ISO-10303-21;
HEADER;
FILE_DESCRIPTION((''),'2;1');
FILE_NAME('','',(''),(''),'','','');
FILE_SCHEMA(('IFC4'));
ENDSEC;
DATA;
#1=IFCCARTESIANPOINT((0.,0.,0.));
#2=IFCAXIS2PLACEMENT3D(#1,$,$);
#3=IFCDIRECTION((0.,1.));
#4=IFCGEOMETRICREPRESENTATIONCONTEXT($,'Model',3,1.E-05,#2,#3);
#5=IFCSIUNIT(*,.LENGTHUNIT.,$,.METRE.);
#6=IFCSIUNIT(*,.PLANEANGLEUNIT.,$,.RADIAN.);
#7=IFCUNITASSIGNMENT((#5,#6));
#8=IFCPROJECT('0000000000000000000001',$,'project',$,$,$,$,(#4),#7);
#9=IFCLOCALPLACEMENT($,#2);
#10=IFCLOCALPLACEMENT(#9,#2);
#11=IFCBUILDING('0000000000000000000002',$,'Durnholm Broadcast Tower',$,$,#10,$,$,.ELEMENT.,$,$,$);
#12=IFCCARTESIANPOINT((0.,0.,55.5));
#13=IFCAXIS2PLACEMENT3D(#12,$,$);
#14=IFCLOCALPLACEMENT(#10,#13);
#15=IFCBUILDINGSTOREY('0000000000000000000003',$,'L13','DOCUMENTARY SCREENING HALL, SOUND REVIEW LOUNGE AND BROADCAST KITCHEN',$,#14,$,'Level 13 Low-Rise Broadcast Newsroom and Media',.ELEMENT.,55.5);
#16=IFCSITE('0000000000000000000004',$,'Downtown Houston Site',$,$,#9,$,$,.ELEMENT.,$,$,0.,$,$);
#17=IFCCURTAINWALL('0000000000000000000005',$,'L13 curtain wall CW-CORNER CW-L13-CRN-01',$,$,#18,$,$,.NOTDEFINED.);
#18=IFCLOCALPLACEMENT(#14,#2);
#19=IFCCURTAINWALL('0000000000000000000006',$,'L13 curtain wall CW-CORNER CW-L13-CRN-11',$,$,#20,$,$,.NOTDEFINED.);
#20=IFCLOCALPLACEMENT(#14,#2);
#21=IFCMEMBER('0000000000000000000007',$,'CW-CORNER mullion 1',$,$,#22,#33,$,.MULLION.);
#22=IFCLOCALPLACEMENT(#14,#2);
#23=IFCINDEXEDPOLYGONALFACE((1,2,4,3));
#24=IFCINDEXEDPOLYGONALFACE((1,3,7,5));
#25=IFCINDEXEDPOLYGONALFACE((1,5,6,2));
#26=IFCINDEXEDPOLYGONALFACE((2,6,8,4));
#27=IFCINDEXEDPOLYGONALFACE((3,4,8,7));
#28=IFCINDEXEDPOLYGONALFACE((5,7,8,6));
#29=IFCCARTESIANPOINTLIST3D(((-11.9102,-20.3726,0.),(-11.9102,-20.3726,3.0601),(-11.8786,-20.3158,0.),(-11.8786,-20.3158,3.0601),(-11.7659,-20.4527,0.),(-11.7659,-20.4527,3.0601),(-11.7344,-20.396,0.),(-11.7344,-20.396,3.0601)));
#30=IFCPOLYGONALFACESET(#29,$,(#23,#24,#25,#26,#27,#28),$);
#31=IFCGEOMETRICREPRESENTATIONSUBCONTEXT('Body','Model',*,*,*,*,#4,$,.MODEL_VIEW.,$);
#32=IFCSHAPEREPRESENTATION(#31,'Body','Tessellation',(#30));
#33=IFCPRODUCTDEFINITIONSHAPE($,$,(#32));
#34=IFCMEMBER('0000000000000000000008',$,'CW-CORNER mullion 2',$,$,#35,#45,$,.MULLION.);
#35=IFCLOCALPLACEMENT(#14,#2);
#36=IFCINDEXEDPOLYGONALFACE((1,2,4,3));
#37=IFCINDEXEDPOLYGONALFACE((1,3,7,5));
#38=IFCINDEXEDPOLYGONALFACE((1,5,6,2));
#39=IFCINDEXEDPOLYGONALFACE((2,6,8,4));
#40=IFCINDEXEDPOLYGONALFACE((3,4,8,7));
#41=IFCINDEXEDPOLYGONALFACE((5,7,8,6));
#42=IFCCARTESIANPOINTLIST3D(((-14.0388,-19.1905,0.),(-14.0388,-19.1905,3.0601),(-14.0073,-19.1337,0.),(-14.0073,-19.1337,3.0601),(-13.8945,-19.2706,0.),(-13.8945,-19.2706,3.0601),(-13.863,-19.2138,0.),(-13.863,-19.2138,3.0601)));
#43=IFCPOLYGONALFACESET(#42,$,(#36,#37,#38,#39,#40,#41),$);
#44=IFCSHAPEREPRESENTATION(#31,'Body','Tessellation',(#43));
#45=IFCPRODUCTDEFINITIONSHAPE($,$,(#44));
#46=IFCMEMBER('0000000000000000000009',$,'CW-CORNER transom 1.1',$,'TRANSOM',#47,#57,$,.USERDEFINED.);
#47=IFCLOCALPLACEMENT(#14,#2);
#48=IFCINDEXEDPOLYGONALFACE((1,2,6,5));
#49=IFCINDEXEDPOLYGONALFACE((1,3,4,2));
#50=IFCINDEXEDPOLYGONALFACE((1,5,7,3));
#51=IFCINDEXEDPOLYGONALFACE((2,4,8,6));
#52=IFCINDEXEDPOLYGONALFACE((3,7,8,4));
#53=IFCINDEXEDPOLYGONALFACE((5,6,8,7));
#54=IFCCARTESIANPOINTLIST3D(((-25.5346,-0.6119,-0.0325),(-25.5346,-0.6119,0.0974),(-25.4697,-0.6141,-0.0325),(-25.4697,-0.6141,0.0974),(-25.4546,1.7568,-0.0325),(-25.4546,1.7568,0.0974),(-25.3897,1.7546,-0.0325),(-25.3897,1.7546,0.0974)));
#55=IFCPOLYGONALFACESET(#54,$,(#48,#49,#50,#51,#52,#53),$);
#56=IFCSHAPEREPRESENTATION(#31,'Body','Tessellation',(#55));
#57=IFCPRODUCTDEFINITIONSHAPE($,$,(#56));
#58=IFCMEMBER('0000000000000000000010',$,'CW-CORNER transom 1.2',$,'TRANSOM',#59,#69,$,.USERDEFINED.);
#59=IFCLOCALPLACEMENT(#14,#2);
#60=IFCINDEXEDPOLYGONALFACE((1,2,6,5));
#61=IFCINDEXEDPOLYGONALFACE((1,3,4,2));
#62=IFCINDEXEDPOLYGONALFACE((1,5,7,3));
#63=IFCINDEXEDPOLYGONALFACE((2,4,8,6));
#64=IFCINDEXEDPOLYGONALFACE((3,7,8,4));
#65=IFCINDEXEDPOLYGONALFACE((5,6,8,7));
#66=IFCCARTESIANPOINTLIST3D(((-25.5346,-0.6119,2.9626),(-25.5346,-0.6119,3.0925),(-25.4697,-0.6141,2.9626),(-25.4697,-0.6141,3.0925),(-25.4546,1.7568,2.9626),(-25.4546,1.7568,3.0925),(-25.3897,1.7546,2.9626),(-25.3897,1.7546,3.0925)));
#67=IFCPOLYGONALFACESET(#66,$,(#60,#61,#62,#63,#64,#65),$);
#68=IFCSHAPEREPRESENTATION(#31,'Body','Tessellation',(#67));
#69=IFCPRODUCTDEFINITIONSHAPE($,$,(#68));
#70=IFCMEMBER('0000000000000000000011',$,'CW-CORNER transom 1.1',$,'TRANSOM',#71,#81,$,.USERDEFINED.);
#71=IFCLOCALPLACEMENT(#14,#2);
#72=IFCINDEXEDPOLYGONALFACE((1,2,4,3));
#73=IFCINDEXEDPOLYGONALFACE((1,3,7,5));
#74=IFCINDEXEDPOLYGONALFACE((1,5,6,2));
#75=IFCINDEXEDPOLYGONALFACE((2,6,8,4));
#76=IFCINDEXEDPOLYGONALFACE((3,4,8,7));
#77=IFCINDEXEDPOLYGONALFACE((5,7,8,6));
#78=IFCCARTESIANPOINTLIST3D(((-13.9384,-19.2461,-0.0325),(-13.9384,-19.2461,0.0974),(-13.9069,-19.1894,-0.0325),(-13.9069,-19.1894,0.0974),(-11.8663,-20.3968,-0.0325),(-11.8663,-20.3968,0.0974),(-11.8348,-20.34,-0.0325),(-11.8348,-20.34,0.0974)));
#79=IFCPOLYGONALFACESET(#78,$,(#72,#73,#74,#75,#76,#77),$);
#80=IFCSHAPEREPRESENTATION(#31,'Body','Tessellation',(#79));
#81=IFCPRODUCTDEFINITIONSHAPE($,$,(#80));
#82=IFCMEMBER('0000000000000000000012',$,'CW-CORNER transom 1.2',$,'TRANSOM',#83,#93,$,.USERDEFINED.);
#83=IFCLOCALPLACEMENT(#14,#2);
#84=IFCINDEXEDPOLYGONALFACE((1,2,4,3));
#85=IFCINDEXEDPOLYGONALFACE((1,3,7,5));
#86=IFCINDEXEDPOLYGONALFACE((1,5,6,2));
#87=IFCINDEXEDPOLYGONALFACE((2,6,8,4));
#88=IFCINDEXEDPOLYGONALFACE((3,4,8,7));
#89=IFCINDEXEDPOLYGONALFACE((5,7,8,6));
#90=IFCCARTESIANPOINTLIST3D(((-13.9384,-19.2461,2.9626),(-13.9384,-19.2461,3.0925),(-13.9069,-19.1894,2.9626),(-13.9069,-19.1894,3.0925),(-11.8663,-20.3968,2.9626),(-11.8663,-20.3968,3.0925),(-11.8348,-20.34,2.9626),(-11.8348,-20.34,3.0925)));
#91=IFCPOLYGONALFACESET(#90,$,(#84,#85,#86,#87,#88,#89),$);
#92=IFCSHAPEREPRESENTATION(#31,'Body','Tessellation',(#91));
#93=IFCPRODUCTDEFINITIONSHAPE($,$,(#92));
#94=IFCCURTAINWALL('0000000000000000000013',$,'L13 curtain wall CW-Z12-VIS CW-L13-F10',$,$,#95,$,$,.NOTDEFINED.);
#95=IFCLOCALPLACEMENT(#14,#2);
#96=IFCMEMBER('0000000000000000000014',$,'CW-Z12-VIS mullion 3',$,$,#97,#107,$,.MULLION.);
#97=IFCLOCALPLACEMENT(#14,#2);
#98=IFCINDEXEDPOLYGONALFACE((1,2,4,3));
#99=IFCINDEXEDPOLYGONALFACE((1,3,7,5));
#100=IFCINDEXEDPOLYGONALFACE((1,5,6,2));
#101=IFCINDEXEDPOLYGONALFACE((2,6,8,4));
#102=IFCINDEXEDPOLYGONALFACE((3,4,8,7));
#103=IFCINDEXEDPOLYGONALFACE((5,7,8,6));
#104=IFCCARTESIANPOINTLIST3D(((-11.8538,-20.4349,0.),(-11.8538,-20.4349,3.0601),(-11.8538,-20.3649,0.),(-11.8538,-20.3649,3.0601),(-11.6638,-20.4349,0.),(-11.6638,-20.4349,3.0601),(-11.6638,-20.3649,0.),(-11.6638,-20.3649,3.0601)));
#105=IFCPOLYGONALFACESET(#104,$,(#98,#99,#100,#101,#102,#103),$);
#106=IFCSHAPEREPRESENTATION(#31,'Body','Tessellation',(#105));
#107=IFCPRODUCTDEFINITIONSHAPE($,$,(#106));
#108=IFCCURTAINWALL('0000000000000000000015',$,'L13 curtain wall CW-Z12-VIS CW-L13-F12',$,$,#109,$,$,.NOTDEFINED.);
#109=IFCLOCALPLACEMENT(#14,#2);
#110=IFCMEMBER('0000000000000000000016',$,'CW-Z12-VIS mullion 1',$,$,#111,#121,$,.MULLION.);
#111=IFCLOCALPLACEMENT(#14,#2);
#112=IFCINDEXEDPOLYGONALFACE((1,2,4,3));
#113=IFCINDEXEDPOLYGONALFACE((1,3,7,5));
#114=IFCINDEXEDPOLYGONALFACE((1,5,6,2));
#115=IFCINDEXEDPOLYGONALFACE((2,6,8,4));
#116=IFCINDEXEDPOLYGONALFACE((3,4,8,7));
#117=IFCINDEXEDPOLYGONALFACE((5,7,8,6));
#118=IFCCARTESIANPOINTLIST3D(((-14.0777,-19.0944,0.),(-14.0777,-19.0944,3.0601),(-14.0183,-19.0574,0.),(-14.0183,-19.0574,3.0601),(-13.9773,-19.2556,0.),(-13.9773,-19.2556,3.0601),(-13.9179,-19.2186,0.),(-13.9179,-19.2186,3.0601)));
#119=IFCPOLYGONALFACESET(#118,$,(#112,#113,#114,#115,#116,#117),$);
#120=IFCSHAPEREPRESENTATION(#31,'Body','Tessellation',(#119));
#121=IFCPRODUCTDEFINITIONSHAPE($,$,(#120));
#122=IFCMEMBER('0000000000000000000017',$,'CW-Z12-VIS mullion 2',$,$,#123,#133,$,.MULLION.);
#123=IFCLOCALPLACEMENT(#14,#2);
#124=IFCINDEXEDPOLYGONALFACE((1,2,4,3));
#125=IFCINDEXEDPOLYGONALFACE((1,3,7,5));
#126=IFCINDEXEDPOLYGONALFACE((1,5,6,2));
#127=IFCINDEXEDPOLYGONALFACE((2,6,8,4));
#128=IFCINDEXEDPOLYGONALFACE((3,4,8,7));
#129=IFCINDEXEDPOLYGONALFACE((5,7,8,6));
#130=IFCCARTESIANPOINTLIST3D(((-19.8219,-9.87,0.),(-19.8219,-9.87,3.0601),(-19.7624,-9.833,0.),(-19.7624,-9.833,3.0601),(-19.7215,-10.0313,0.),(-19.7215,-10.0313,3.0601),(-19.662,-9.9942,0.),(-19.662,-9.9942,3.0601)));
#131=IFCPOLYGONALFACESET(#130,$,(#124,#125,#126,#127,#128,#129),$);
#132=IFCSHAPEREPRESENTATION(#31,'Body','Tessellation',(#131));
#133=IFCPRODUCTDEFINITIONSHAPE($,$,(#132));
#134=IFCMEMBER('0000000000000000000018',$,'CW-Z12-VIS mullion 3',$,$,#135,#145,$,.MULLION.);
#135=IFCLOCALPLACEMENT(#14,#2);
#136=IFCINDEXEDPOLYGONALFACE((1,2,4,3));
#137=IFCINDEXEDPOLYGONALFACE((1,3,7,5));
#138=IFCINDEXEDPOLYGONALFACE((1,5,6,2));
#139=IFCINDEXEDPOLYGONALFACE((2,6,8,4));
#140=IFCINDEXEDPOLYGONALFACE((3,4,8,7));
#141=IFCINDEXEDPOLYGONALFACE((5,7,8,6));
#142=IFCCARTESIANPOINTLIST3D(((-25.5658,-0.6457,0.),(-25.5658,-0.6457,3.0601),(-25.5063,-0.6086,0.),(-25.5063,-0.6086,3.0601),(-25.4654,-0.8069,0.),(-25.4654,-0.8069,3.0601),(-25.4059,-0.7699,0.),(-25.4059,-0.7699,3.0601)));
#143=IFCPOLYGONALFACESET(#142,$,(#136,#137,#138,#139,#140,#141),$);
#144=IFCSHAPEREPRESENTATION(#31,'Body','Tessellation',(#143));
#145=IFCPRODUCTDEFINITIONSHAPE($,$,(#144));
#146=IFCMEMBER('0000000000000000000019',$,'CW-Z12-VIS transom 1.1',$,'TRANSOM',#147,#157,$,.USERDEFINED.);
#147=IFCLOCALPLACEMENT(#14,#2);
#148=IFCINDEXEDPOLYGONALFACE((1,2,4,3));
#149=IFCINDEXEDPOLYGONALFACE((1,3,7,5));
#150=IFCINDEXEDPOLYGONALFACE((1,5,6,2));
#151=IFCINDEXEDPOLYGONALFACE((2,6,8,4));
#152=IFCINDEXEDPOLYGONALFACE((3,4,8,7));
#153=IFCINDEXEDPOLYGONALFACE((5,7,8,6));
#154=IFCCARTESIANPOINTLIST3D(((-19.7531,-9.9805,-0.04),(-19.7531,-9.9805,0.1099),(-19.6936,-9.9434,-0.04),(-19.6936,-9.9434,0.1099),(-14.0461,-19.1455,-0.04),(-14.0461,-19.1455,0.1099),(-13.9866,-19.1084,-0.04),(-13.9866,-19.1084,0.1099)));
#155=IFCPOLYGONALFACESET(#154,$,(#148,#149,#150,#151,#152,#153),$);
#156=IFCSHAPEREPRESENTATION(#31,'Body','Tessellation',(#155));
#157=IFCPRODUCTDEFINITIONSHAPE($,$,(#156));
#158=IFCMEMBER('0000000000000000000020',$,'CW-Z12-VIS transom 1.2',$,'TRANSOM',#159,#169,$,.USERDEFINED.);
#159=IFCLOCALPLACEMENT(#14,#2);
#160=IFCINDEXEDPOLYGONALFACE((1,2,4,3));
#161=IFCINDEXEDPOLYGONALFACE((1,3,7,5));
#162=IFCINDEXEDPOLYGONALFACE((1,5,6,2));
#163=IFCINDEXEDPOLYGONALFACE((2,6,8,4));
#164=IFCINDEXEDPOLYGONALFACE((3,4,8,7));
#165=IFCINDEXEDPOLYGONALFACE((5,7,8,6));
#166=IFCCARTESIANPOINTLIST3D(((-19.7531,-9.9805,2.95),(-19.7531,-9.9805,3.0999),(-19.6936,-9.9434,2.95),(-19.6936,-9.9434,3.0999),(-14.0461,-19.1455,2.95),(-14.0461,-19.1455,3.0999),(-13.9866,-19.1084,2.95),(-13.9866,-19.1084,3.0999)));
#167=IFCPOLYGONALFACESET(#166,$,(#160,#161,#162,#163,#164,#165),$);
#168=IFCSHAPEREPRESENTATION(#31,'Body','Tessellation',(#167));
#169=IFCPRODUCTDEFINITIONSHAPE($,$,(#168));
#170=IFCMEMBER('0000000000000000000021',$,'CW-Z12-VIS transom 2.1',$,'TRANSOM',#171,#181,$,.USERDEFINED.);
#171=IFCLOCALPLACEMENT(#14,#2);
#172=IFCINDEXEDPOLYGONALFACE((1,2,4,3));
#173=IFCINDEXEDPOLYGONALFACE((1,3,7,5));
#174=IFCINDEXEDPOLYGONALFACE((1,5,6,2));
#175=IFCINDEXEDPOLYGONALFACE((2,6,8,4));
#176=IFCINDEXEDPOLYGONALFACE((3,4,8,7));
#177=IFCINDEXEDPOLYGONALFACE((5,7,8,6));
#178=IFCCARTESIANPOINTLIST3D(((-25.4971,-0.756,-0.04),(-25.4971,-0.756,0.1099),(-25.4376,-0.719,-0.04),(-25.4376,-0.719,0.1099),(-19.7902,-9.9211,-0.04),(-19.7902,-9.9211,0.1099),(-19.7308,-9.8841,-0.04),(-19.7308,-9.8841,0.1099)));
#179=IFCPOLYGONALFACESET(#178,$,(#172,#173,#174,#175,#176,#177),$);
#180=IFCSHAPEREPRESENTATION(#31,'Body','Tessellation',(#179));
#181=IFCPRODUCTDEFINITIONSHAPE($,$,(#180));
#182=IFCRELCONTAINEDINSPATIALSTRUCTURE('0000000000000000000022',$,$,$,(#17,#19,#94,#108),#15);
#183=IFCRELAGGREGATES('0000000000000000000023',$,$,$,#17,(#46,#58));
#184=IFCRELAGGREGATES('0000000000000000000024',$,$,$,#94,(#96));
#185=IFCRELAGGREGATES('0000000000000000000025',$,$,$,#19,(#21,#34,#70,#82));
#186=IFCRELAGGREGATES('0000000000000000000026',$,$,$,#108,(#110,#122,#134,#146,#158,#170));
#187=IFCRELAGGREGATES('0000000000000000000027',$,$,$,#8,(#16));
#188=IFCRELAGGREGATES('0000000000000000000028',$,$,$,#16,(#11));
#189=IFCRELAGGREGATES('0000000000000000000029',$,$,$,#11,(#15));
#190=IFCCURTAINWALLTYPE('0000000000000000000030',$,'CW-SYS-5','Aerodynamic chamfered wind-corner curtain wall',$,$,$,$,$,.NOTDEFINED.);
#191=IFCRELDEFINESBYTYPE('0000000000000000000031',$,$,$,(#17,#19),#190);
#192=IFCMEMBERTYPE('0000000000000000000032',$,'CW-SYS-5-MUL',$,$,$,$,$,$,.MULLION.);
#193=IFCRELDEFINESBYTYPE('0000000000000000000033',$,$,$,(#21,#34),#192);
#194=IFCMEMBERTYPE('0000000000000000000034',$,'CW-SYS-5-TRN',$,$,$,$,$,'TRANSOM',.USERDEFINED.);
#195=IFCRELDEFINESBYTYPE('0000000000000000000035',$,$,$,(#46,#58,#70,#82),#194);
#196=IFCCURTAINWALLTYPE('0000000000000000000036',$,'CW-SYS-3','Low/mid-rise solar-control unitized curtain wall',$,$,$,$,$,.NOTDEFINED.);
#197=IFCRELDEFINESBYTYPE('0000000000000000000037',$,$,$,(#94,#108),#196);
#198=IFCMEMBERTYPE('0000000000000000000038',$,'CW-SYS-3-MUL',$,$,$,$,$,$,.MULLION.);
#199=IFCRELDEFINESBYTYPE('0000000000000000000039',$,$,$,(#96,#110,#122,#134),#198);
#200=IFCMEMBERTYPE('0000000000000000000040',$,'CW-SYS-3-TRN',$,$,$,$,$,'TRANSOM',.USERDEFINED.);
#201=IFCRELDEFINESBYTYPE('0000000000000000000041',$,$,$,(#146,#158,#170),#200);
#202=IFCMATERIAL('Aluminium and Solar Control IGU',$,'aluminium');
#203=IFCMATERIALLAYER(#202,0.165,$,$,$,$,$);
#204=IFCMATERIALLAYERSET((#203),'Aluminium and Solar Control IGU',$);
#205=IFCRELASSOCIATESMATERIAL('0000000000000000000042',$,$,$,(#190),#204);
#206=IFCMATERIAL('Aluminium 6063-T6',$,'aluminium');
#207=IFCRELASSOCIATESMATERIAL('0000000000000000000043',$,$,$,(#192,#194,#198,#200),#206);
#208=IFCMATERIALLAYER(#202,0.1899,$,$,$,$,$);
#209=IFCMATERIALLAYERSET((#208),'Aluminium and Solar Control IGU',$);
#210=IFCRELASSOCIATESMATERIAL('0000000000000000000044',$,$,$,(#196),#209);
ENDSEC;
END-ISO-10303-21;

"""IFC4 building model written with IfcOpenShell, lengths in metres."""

from ifc_helpers import new_model, si_unit, direction, frame, origin, origin_2d, place, context, subcontext, project, spatial, rectangle, extrude, source, transform, mapped, material, layer, layer_set, material_profile, profile_set, type_object, type_shapes, element, aggregate, save


model = new_model("IFC4")

# Units and contexts
model_context = context("Model", 3, precision=1e-05, world=origin(), true_north=direction((0.0, 1.0)))
body_context = subcontext(model_context, "Body", "Model", "MODEL_VIEW")
ifc_project = project(units=[si_unit("LENGTHUNIT", "METRE"), si_unit("PLANEANGLEUNIT", "RADIAN")], contexts=[model_context])

# Site, building, storey
site_placement = place(None, origin())
site = spatial("IfcSite", under=ifc_project, at=site_placement, Name="Downtown Houston Site", CompositionType="ELEMENT", RefElevation=0.0)
building_placement = place(site_placement, origin())
building = spatial("IfcBuilding", under=site, at=building_placement, Name="Durnholm Broadcast Tower", CompositionType="ELEMENT")
storey_placement = place(building_placement, frame((0.0, 0.0, 55.5)))
storey = spatial("IfcBuildingStorey", under=building, at=storey_placement, Name="L13", Description="DOCUMENTARY SCREENING HALL, SOUND REVIEW LOUNGE AND BROADCAST KITCHEN", LongName="Level 13 Low-Rise Broadcast Newsroom and Media", CompositionType="ELEMENT", Elevation=55.5)

# Curtain wall
ifc_material_1 = material(Name="Aluminium and Solar Control IGU", Category="aluminium")
ifc_layer_1 = layer(ifc_material_1, 0.165)
ifc_layer_set_1 = layer_set([ifc_layer_1], Name="Aluminium and Solar Control IGU")
curtain_wall_type_1 = type_object("IfcCurtainWallType", Name="CW-SYS-5", Description="Aerodynamic chamfered wind-corner curtain wall", PredefinedType="NOTDEFINED", material=ifc_layer_set_1)
curtain_wall_1_placement = place(storey_placement, origin())
curtain_wall_1 = element("IfcCurtainWall", 1, at=curtain_wall_1_placement, inside=storey, type_object=curtain_wall_type_1, Name="L13 curtain wall CW-CORNER CW-L13-CRN-01", PredefinedType="NOTDEFINED")
ifc_material_2 = material(Name="Aluminium 6063-T6", Category="aluminium")
ifc_material_profile_1 = material_profile(ifc_material_2, rectangle(XDim=0.0649, YDim=0.165, at=origin_2d()), Name="CWM65X165")
ifc_profile_set_1 = profile_set([ifc_material_profile_1], Name="Aluminium 6063-T6")
member_type_1 = type_object("IfcMemberType", Name="CW-SYS-5-MUL", PredefinedType="MULLION", material=ifc_profile_set_1)
shared_shape_1 = source(origin(), body_context, "Body", "SweptSolid", [
    extrude(rectangle(XDim=0.0649, YDim=0.165, at=origin_2d()), origin(), (0.0, 0.0, 1.0), 3.0601),
])
type_shapes(member_type_1, [shared_shape_1])

# Curtain wall, members
curtain_wall_2_placement = place(storey_placement, origin())
curtain_wall_2 = element("IfcCurtainWall", 2, at=curtain_wall_2_placement, inside=storey, type_object=curtain_wall_type_1, Name="L13 curtain wall CW-CORNER CW-L13-CRN-11", PredefinedType="NOTDEFINED")
member_1_placement = place(storey_placement, frame((-11.8223, -20.3843, 0.0), z_axis=(0.0, 0.0, 1.0), x_axis=(-0.485483, -0.874246, 0.0)))
member_1 = element("IfcMember", 3, at=member_1_placement, type_object=member_type_1, Name="CW-CORNER mullion 1", PredefinedType="MULLION", context=body_context, shape_type="MappedRepresentation", body=[
    mapped(shared_shape_1, transform((0.0, 0.0, 0.0), x_axis=(1.0, 0.0, 0.0), y_axis=(0.0, 1.0, 0.0), z_axis=(0.0, 0.0, 1.0), scale=1.0)),
])
member_2_placement = place(storey_placement, frame((-13.9509, -19.2021, 0.0), z_axis=(0.0, 0.0, 1.0), x_axis=(-0.485483, -0.874246, 0.0)))
member_2 = element("IfcMember", 4, at=member_2_placement, type_object=member_type_1, Name="CW-CORNER mullion 2", PredefinedType="MULLION", context=body_context, shape_type="MappedRepresentation", body=[
    mapped(shared_shape_1, transform((0.0, 0.0, 0.0), x_axis=(1.0, 0.0, 0.0), y_axis=(0.0, 1.0, 0.0), z_axis=(0.0, 0.0, 1.0), scale=1.0)),
])

# Members
ifc_material_profile_2 = material_profile(ifc_material_2, rectangle(XDim=0.0649, YDim=0.1299, at=origin_2d()), Name="CWT65X130")
ifc_profile_set_2 = profile_set([ifc_material_profile_2], Name="Aluminium 6063-T6")
member_type_2 = type_object("IfcMemberType", Name="CW-SYS-5-TRN", ElementType="TRANSOM", PredefinedType="USERDEFINED", material=ifc_profile_set_2)
shared_shape_2 = source(origin(), body_context, "Body", "SweptSolid", [
    extrude(rectangle(XDim=0.0649, YDim=0.1299, at=origin_2d()), origin(), (0.0, 0.0, 1.0), 2.3701),
])
type_shapes(member_type_2, [shared_shape_2])
member_3_placement = place(storey_placement, frame((-25.5022, -0.613, 0.0325), z_axis=(0.033788, 0.999429, 0.0), x_axis=(-0.999429, 0.033788, 0.0)))
member_3 = element("IfcMember", 5, at=member_3_placement, type_object=member_type_2, Name="CW-CORNER transom 1.1", ObjectType="TRANSOM", PredefinedType="USERDEFINED", context=body_context, shape_type="MappedRepresentation", body=[
    mapped(shared_shape_2, transform((0.0, 0.0, 0.0), x_axis=(1.0, 0.0, 0.0), y_axis=(0.0, 1.0, 0.0), z_axis=(0.0, 0.0, 1.0), scale=1.0)),
])
member_4_placement = place(storey_placement, frame((-25.5022, -0.613, 3.0276), z_axis=(0.033788, 0.999429, 0.0), x_axis=(-0.999429, 0.033788, 0.0)))
member_4 = element("IfcMember", 6, at=member_4_placement, type_object=member_type_2, Name="CW-CORNER transom 1.2", ObjectType="TRANSOM", PredefinedType="USERDEFINED", context=body_context, shape_type="MappedRepresentation", body=[
    mapped(shared_shape_2, transform((0.0, 0.0, 0.0), x_axis=(1.0, 0.0, 0.0), y_axis=(0.0, 1.0, 0.0), z_axis=(0.0, 0.0, 1.0), scale=1.0)),
])
aggregate(curtain_wall_1, [member_3, member_4])
member_5_placement = place(storey_placement, frame((-11.8506, -20.3684, 0.0325), z_axis=(-0.874245, 0.485485, 0.0), x_axis=(-0.485485, -0.874245, 0.0)))
member_5 = element("IfcMember", 7, at=member_5_placement, type_object=member_type_2, Name="CW-CORNER transom 1.1", ObjectType="TRANSOM", PredefinedType="USERDEFINED", context=body_context, shape_type="MappedRepresentation", body=[
    mapped(shared_shape_2, transform((0.0, 0.0, 0.0), x_axis=(1.0, 0.0, 0.0), y_axis=(0.0, 1.0, 0.0), z_axis=(0.0, 0.0, 1.0), scale=1.0)),
])
member_6_placement = place(storey_placement, frame((-11.8506, -20.3684, 3.0276), z_axis=(-0.874245, 0.485485, 0.0), x_axis=(-0.485485, -0.874245, 0.0)))
member_6 = element("IfcMember", 8, at=member_6_placement, type_object=member_type_2, Name="CW-CORNER transom 1.2", ObjectType="TRANSOM", PredefinedType="USERDEFINED", context=body_context, shape_type="MappedRepresentation", body=[
    mapped(shared_shape_2, transform((0.0, 0.0, 0.0), x_axis=(1.0, 0.0, 0.0), y_axis=(0.0, 1.0, 0.0), z_axis=(0.0, 0.0, 1.0), scale=1.0)),
])

# Curtain wall, member
ifc_layer_2 = layer(ifc_material_1, 0.1899)
ifc_layer_set_2 = layer_set([ifc_layer_2], Name="Aluminium and Solar Control IGU")
curtain_wall_type_2 = type_object("IfcCurtainWallType", Name="CW-SYS-3", Description="Low/mid-rise solar-control unitized curtain wall", PredefinedType="NOTDEFINED", material=ifc_layer_set_2)
curtain_wall_3_placement = place(storey_placement, origin())
curtain_wall_3 = element("IfcCurtainWall", 9, at=curtain_wall_3_placement, inside=storey, type_object=curtain_wall_type_2, Name="L13 curtain wall CW-Z12-VIS CW-L13-F10", PredefinedType="NOTDEFINED")
ifc_material_profile_3 = material_profile(ifc_material_2, rectangle(XDim=0.0701, YDim=0.1899, at=origin_2d()), Name="CWM70X190")
ifc_profile_set_3 = profile_set([ifc_material_profile_3], Name="Aluminium 6063-T6")
member_type_3 = type_object("IfcMemberType", Name="CW-SYS-3-MUL", PredefinedType="MULLION", material=ifc_profile_set_3)
shared_shape_3 = source(origin(), body_context, "Body", "SweptSolid", [
    extrude(rectangle(XDim=0.0701, YDim=0.1899, at=origin_2d()), origin(), (0.0, 0.0, 1.0), 3.0601),
])
type_shapes(member_type_3, [shared_shape_3])
member_7_placement = place(storey_placement, frame((-11.7588, -20.3999, 0.0), z_axis=(0.0, 0.0, 1.0), x_axis=(0.0, -1.0, 0.0)))
member_7 = element("IfcMember", 10, at=member_7_placement, type_object=member_type_3, Name="CW-Z12-VIS mullion 3", PredefinedType="MULLION", context=body_context, shape_type="MappedRepresentation", body=[
    mapped(shared_shape_3, transform((0.0, 0.0, 0.0), x_axis=(1.0, 0.0, 0.0), y_axis=(0.0, 1.0, 0.0), z_axis=(0.0, 0.0, 1.0), scale=1.0)),
])
aggregate(curtain_wall_3, [member_7])

# Curtain wall, members
curtain_wall_4_placement = place(storey_placement, origin())
curtain_wall_4 = element("IfcCurtainWall", 11, at=curtain_wall_4_placement, inside=storey, type_object=curtain_wall_type_2, Name="L13 curtain wall CW-Z12-VIS CW-L13-F12", PredefinedType="NOTDEFINED")
member_8_placement = place(storey_placement, frame((-13.9978, -19.1565, 0.0), z_axis=(0.0, 0.0, 1.0), x_axis=(-0.848876, -0.528592, 0.0)))
member_8 = element("IfcMember", 12, at=member_8_placement, type_object=member_type_3, Name="CW-Z12-VIS mullion 1", PredefinedType="MULLION", context=body_context, shape_type="MappedRepresentation", body=[
    mapped(shared_shape_3, transform((0.0, 0.0, 0.0), x_axis=(1.0, 0.0, 0.0), y_axis=(0.0, 1.0, 0.0), z_axis=(0.0, 0.0, 1.0), scale=1.0)),
])
member_9_placement = place(storey_placement, frame((-19.7419, -9.9321, 0.0), z_axis=(0.0, 0.0, 1.0), x_axis=(-0.848876, -0.528592, 0.0)))
member_9 = element("IfcMember", 13, at=member_9_placement, type_object=member_type_3, Name="CW-Z12-VIS mullion 2", PredefinedType="MULLION", context=body_context, shape_type="MappedRepresentation", body=[
    mapped(shared_shape_3, transform((0.0, 0.0, 0.0), x_axis=(1.0, 0.0, 0.0), y_axis=(0.0, 1.0, 0.0), z_axis=(0.0, 0.0, 1.0), scale=1.0)),
])
member_10_placement = place(storey_placement, frame((-25.4858, -0.7078, 0.0), z_axis=(0.0, 0.0, 1.0), x_axis=(-0.848876, -0.528592, 0.0)))
member_10 = element("IfcMember", 14, at=member_10_placement, type_object=member_type_3, Name="CW-Z12-VIS mullion 3", PredefinedType="MULLION", context=body_context, shape_type="MappedRepresentation", body=[
    mapped(shared_shape_3, transform((0.0, 0.0, 0.0), x_axis=(1.0, 0.0, 0.0), y_axis=(0.0, 1.0, 0.0), z_axis=(0.0, 0.0, 1.0), scale=1.0)),
])
ifc_material_profile_4 = material_profile(ifc_material_2, rectangle(XDim=0.0701, YDim=0.1499, at=origin_2d()), Name="CWT70X150")
ifc_profile_set_4 = profile_set([ifc_material_profile_4], Name="Aluminium 6063-T6")
member_type_4 = type_object("IfcMemberType", Name="CW-SYS-3-TRN", ElementType="TRANSOM", PredefinedType="USERDEFINED", material=ifc_profile_set_4)
shared_shape_4 = source(origin(), body_context, "Body", "SweptSolid", [
    extrude(rectangle(XDim=0.0701, YDim=0.1499, at=origin_2d()), origin(), (0.0, 0.0, 1.0), 10.7966),
])
type_shapes(member_type_4, [shared_shape_4])
member_11_placement = place(storey_placement, frame((-14.0164, -19.127, 0.0349), z_axis=(-0.528592, 0.848876, 0.0), x_axis=(-0.848876, -0.528592, 0.0)))
member_11 = element("IfcMember", 15, at=member_11_placement, type_object=member_type_4, Name="CW-Z12-VIS transom 1.1", ObjectType="TRANSOM", PredefinedType="USERDEFINED", context=body_context, shape_type="MappedRepresentation", body=[
    mapped(shared_shape_4, transform((0.0, 0.0, 0.0), x_axis=(1.0, 0.0, 0.0), y_axis=(0.0, 1.0, 0.0), z_axis=(0.0, 0.0, 1.0), scale=1.0)),
])
member_12_placement = place(storey_placement, frame((-14.0164, -19.127, 3.0249), z_axis=(-0.528592, 0.848876, 0.0), x_axis=(-0.848876, -0.528592, 0.0)))
member_12 = element("IfcMember", 16, at=member_12_placement, type_object=member_type_4, Name="CW-Z12-VIS transom 1.2", ObjectType="TRANSOM", PredefinedType="USERDEFINED", context=body_context, shape_type="MappedRepresentation", body=[
    mapped(shared_shape_4, transform((0.0, 0.0, 0.0), x_axis=(1.0, 0.0, 0.0), y_axis=(0.0, 1.0, 0.0), z_axis=(0.0, 0.0, 1.0), scale=1.0)),
])
member_13_placement = place(storey_placement, frame((-19.7605, -9.9026, 0.0349), z_axis=(-0.528575, 0.848886, 0.0), x_axis=(-0.848886, -0.528575, 0.0)))
member_13 = element("IfcMember", 17, at=member_13_placement, type_object=member_type_4, Name="CW-Z12-VIS transom 2.1", ObjectType="TRANSOM", PredefinedType="USERDEFINED", context=body_context, shape_type="MappedRepresentation", body=[
    mapped(shared_shape_4, transform((0.0, 0.0, 0.0), x_axis=(1.0, 0.0, 0.0), y_axis=(0.0, 1.0, 0.0), z_axis=(0.0, 0.0, 1.0), scale=1.0)),
])

aggregate(curtain_wall_2, [member_1, member_2, member_5, member_6])
aggregate(curtain_wall_4, [member_8, member_9, member_10, member_11, member_12, member_13])

save(model, "model.ifc")
